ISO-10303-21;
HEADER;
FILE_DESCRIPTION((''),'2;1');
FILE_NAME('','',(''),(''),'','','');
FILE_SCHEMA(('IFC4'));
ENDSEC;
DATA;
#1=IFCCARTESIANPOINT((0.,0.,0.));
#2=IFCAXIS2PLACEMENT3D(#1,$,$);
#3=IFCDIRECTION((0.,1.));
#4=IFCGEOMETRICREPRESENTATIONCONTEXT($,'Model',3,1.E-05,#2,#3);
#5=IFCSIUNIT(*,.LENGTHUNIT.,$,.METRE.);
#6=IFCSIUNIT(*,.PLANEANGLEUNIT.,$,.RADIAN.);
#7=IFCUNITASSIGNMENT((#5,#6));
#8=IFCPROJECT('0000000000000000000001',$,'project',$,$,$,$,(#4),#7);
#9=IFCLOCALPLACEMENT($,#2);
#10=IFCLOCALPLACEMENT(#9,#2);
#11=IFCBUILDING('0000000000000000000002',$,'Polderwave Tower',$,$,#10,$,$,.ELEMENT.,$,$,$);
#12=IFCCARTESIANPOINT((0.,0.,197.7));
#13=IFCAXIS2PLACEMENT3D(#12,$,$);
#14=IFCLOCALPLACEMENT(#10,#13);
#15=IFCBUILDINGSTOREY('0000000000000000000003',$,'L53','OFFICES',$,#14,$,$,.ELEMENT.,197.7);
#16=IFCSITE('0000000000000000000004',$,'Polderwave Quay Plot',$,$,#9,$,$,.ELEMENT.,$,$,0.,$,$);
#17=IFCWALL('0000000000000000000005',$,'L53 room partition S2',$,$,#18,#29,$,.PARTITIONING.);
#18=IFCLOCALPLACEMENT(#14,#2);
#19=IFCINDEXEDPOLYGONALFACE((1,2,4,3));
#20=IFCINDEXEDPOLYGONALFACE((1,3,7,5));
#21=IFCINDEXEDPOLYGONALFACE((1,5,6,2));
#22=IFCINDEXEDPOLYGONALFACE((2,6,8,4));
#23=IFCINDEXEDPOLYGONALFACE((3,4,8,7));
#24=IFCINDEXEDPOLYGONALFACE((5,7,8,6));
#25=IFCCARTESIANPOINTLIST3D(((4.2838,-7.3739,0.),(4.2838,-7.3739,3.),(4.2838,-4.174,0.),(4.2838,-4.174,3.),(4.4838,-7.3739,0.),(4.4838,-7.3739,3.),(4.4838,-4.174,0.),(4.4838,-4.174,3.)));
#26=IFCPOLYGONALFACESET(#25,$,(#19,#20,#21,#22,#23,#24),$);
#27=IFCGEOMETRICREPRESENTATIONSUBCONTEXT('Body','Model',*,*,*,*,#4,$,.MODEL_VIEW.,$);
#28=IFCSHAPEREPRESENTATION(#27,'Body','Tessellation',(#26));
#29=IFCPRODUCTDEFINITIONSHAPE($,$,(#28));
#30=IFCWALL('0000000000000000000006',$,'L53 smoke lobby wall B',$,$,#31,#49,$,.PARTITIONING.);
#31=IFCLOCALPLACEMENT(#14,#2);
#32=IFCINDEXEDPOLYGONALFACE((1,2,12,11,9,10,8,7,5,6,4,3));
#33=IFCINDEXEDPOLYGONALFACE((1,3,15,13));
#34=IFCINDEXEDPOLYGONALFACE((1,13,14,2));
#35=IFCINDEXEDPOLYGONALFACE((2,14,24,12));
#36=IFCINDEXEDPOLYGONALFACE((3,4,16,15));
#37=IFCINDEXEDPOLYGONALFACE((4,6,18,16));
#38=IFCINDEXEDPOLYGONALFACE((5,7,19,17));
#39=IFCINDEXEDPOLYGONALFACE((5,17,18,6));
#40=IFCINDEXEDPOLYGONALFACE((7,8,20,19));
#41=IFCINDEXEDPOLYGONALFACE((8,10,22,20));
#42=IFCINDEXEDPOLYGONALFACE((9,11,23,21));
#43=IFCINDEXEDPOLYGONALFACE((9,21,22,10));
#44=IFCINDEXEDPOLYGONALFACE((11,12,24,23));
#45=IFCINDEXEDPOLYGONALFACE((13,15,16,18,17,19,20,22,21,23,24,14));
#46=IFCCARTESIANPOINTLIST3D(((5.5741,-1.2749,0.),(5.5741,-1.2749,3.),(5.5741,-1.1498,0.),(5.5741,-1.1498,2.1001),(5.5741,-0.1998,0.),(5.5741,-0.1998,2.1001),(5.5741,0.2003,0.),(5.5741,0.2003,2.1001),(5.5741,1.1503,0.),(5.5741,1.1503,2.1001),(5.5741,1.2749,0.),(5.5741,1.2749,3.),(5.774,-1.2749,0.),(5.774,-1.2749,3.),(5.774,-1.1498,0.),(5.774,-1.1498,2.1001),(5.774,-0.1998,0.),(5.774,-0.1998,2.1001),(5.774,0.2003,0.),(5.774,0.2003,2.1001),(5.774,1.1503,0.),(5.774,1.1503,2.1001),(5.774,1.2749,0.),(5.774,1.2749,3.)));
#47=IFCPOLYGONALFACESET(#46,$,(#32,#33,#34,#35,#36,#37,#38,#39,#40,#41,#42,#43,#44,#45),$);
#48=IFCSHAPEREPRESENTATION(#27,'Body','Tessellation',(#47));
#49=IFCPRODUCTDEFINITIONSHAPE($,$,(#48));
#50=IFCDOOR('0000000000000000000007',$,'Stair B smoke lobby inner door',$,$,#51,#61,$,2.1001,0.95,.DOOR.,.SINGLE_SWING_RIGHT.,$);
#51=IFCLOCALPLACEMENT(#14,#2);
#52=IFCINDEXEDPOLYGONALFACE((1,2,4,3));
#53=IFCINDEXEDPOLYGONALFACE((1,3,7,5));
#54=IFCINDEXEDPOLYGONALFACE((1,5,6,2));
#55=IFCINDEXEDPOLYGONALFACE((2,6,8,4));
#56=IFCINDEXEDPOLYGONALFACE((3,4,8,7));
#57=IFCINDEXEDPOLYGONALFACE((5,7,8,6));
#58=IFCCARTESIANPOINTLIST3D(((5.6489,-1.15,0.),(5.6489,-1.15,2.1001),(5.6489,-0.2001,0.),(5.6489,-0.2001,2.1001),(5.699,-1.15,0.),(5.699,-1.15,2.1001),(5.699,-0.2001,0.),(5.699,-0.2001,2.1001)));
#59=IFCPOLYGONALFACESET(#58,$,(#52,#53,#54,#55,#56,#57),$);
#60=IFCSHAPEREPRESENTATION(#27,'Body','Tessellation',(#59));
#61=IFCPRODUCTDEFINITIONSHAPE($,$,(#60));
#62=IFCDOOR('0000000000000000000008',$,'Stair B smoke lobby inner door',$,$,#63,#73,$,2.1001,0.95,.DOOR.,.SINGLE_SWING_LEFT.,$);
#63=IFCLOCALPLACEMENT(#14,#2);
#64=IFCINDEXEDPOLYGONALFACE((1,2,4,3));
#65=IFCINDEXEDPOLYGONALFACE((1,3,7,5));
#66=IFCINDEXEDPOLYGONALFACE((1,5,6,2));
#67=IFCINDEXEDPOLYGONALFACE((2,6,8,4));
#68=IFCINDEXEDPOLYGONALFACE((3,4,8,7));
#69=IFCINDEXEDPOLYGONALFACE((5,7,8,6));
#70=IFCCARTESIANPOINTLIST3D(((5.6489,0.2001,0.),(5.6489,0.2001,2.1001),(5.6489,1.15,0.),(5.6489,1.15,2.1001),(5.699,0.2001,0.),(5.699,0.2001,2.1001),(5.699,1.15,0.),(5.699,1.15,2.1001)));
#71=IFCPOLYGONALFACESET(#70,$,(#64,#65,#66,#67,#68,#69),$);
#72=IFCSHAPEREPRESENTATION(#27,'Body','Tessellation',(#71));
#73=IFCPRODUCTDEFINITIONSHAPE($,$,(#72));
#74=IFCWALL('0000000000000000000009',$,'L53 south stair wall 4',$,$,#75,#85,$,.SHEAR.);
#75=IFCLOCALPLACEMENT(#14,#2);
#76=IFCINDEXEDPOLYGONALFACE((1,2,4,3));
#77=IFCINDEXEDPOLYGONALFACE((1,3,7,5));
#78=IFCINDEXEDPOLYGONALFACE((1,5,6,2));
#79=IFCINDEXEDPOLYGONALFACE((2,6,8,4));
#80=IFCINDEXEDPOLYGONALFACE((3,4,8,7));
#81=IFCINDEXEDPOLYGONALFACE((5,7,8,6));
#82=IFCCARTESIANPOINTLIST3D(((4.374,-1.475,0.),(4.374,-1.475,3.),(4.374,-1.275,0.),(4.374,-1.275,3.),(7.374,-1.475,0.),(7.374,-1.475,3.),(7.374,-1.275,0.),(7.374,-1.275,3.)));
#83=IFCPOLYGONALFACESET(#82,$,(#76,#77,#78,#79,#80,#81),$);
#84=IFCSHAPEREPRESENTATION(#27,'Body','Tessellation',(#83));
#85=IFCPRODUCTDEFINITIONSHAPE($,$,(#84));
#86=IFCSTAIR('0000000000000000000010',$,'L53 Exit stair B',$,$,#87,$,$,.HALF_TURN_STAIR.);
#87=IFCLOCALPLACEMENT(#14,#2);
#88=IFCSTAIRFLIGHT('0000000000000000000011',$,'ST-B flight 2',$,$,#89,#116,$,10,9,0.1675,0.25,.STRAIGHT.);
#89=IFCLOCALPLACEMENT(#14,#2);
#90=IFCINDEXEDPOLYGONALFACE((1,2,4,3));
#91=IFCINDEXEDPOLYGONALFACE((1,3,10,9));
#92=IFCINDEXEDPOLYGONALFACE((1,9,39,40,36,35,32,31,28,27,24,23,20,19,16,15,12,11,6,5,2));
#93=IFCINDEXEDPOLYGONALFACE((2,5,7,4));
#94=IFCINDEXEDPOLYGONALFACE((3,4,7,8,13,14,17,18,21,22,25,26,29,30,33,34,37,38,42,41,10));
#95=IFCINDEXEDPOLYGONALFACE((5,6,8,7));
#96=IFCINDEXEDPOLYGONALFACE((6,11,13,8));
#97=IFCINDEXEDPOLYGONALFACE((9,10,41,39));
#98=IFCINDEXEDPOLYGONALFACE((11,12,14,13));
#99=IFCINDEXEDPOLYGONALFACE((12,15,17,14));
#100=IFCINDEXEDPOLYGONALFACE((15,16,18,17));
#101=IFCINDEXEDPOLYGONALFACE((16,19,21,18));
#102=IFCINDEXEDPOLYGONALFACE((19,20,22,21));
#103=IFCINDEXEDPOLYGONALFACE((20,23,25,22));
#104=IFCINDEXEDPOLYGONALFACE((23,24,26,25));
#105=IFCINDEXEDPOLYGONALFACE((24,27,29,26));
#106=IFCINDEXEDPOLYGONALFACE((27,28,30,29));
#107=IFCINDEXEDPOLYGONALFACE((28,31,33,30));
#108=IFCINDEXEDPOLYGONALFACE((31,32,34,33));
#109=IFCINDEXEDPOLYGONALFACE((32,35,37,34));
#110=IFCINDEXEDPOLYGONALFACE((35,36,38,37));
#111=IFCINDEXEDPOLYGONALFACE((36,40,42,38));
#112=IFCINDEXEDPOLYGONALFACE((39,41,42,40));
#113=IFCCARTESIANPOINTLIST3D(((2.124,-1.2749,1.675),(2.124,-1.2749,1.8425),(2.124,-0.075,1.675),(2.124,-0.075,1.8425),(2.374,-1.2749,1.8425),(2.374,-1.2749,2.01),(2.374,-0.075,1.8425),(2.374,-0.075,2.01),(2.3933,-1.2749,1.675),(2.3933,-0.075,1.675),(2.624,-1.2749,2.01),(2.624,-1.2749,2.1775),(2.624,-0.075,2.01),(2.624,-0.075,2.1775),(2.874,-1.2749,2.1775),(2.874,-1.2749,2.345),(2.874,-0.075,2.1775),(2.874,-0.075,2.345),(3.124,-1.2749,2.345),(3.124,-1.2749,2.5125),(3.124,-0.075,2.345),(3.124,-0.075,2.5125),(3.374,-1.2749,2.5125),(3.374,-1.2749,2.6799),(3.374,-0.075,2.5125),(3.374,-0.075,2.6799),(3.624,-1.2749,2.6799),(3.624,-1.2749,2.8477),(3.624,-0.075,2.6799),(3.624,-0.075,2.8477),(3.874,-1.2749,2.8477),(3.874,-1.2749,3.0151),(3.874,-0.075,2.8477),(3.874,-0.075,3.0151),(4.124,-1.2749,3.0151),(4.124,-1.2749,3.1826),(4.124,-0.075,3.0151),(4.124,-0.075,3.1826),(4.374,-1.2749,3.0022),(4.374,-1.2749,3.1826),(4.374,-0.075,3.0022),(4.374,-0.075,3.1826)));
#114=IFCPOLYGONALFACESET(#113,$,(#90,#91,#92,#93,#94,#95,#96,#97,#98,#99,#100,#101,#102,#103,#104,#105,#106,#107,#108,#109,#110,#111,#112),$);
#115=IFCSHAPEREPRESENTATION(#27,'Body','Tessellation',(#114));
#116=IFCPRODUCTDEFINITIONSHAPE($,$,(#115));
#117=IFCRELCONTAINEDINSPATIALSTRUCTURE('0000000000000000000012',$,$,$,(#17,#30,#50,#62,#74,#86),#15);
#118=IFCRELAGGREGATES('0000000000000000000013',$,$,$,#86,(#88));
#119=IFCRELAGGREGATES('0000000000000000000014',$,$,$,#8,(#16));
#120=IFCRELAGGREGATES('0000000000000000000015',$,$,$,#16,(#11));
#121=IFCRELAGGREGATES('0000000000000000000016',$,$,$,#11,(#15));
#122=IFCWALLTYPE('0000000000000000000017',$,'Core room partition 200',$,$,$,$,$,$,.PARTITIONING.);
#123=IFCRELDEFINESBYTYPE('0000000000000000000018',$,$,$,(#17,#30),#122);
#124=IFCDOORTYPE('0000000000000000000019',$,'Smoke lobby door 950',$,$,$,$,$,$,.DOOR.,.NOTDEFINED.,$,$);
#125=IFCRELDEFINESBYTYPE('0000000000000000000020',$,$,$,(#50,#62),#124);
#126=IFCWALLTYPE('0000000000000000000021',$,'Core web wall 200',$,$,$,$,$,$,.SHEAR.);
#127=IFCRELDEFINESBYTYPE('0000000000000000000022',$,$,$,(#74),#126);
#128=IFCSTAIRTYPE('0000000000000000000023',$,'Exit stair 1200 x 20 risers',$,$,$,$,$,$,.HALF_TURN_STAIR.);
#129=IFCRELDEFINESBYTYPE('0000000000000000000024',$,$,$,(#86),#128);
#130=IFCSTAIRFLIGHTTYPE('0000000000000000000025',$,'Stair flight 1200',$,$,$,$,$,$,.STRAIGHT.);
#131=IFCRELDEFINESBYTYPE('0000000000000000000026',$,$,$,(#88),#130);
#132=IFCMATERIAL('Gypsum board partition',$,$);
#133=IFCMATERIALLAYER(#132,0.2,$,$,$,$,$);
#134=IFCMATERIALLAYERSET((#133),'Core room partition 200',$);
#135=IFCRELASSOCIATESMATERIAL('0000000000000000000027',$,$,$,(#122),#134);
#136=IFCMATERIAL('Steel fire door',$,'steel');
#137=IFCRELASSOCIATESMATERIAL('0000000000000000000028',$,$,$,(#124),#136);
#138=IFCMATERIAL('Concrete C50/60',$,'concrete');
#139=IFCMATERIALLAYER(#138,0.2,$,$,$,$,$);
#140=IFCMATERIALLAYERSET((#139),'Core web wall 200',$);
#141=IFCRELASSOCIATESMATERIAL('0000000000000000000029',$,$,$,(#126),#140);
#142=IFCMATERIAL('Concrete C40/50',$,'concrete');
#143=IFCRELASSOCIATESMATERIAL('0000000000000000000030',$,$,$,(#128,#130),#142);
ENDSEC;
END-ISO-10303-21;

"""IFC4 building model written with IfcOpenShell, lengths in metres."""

from ifc_helpers import new_model, si_unit, direction, frame, frame_2d, origin, place, context, subcontext, project, spatial, polyline, rectangle, outline, extrude, material, layer, layer_set, type_object, element, fill, aggregate, save


model = new_model("IFC4")

# Units and contexts
model_context = context("Model", 3, precision=1e-05, world=origin(), true_north=direction((0.0, 1.0)))
body_context = subcontext(model_context, "Body", "Model", "MODEL_VIEW")
ifc_project = project(units=[si_unit("LENGTHUNIT", "METRE"), si_unit("PLANEANGLEUNIT", "RADIAN")], contexts=[model_context])

# Site, building, storey
site_placement = place(None, origin())
site = spatial("IfcSite", under=ifc_project, at=site_placement, Name="Polderwave Quay Plot", CompositionType="ELEMENT", RefElevation=0.0)
building_placement = place(site_placement, origin())
building = spatial("IfcBuilding", under=site, at=building_placement, Name="Polderwave Tower", CompositionType="ELEMENT")
storey_placement = place(building_placement, frame((0.0, 0.0, 197.7)))
storey = spatial("IfcBuildingStorey", under=building, at=storey_placement, Name="L53", Description="OFFICES", CompositionType="ELEMENT", Elevation=197.7)

# Wall
ifc_material_1 = material(Name="Gypsum board partition")
ifc_layer_1 = layer(ifc_material_1, 0.2)
ifc_layer_set_1 = layer_set([ifc_layer_1], Name="Core room partition 200")
wall_type_1 = type_object("IfcWallType", Name="Core room partition 200", PredefinedType="PARTITIONING", material=ifc_layer_set_1)
wall_1_placement = place(storey_placement, frame((4.3838, -7.374, 0.0), z_axis=(0.0, 0.0, 1.0), x_axis=(0.0, 1.0, 0.0)))
element("IfcWall", 1, at=wall_1_placement, inside=storey, type_object=wall_type_1, Name="L53 room partition S2", PredefinedType="PARTITIONING", context=body_context, shape_type="SweptSolid", body=[
    extrude(rectangle(XDim=3.2, YDim=0.2, at=frame_2d((1.6001, 0.0))), origin(), (0.0, 0.0, 1.0), 3.0),
])

# Wall, openings, doors
wall_2_placement = place(storey_placement, frame((5.6741, -1.2749, 0.0), z_axis=(0.0, 0.0, 1.0), x_axis=(0.0, 1.0, 0.0)))
wall_2 = element("IfcWall", 2, at=wall_2_placement, inside=storey, type_object=wall_type_1, Name="L53 smoke lobby wall B", PredefinedType="PARTITIONING", context=body_context, shape_type="SweptSolid", body=[
    extrude(rectangle(XDim=2.5498, YDim=0.2, at=frame_2d((1.2749, 0.0))), origin(), (0.0, 0.0, 1.0), 3.0),
])
opening_1_placement = place(wall_2_placement, frame((0.125, 0.0, 0.0)))
opening_1 = element("IfcOpeningElement", 3, at=opening_1_placement, cuts=wall_2, PredefinedType="OPENING", context=body_context, shape_type="SweptSolid", body=[
    extrude(rectangle(XDim=0.95, YDim=2.1001, at=frame_2d((0.4751, 1.05))), frame((0.0, 0.1099, 0.0), z_axis=(0.0, -1.0, 0.0), x_axis=(1.0, 0.0, 0.0)), (0.0, 0.0, 1.0), 0.22),
])
opening_2_placement = place(wall_2_placement, frame((1.4751, 0.0, 0.0)))
opening_2 = element("IfcOpeningElement", 4, at=opening_2_placement, cuts=wall_2, PredefinedType="OPENING", context=body_context, shape_type="SweptSolid", body=[
    extrude(rectangle(XDim=0.95, YDim=2.1001, at=frame_2d((0.4751, 1.05))), frame((0.0, 0.1099, 0.0), z_axis=(0.0, -1.0, 0.0), x_axis=(1.0, 0.0, 0.0)), (0.0, 0.0, 1.0), 0.22),
])
ifc_material_2 = material(Name="Steel fire door", Category="steel")
door_type = type_object("IfcDoorType", Name="Smoke lobby door 950", OperationType="NOTDEFINED", PredefinedType="DOOR", material=ifc_material_2)
door_1_placement = place(opening_1_placement, frame((0.95, 0.0, 0.0), z_axis=(0.0, 0.0, 1.0), x_axis=(-1.0, 0.0, 0.0)))
door_1 = element("IfcDoor", 5, at=door_1_placement, inside=storey, type_object=door_type, Name="Stair B smoke lobby inner door", OperationType="SINGLE_SWING_RIGHT", OverallHeight=2.1001, OverallWidth=0.95, PredefinedType="DOOR", context=body_context, shape_type="SweptSolid", body=[
    extrude(rectangle(XDim=0.95, YDim=2.1001, at=frame_2d((0.4751, 1.05))), frame((0.0, 0.0249, 0.0), z_axis=(0.0, -1.0, 0.0), x_axis=(1.0, 0.0, 0.0)), (0.0, 0.0, 1.0), 0.05),
])
fill(opening_1, door_1)
door_2_placement = place(opening_2_placement, frame((0.95, 0.0, 0.0), z_axis=(0.0, 0.0, 1.0), x_axis=(-1.0, 0.0, 0.0)))
door_2 = element("IfcDoor", 6, at=door_2_placement, inside=storey, type_object=door_type, Name="Stair B smoke lobby inner door", OperationType="SINGLE_SWING_LEFT", OverallHeight=2.1001, OverallWidth=0.95, PredefinedType="DOOR", context=body_context, shape_type="SweptSolid", body=[
    extrude(rectangle(XDim=0.95, YDim=2.1001, at=frame_2d((0.4751, 1.05))), frame((0.0, 0.0249, 0.0), z_axis=(0.0, -1.0, 0.0), x_axis=(1.0, 0.0, 0.0)), (0.0, 0.0, 1.0), 0.05),
])
fill(opening_2, door_2)

# Wall
ifc_material_3 = material(Name="Concrete C50/60", Category="concrete")
ifc_layer_2 = layer(ifc_material_3, 0.2)
ifc_layer_set_2 = layer_set([ifc_layer_2], Name="Core web wall 200")
wall_type_2 = type_object("IfcWallType", Name="Core web wall 200", PredefinedType="SHEAR", material=ifc_layer_set_2)
wall_3_placement = place(storey_placement, frame((4.374, -1.375, 0.0), z_axis=(0.0, 0.0, 1.0), x_axis=(1.0, 0.0, 0.0)))
element("IfcWall", 7, at=wall_3_placement, inside=storey, type_object=wall_type_2, Name="L53 south stair wall 4", PredefinedType="SHEAR", context=body_context, shape_type="SweptSolid", body=[
    extrude(rectangle(XDim=3.0, YDim=0.2, at=frame_2d((1.5, 0.0))), origin(), (0.0, 0.0, 1.0), 3.0),
])

# Stair, stair flight
ifc_material_4 = material(Name="Concrete C40/50", Category="concrete")
stair_type = type_object("IfcStairType", Name="Exit stair 1200 x 20 risers", PredefinedType="HALF_TURN_STAIR", material=ifc_material_4)
stair_placement = place(storey_placement, origin())
stair = element("IfcStair", 8, at=stair_placement, inside=storey, type_object=stair_type, Name="L53 Exit stair B", PredefinedType="HALF_TURN_STAIR")
stair_flight_type = type_object("IfcStairFlightType", Name="Stair flight 1200", PredefinedType="STRAIGHT", material=ifc_material_4)
stair_flight_placement = place(storey_placement, frame((2.124, -0.675, 1.675), z_axis=(0.0, 0.0, 1.0), x_axis=(1.0, 0.0, 0.0)))
stair_flight = element("IfcStairFlight", 9, at=stair_flight_placement, type_object=stair_flight_type, Name="ST-B flight 2", NumberOfRisers=10, NumberOfTreads=9, PredefinedType="STRAIGHT", RiserHeight=0.1675, TreadLength=0.25, context=body_context, shape_type="SweptSolid", body=[
    extrude(outline(polyline([(0.0, 0.0), (0.0, 0.1675), (0.25, 0.1675), (0.25, 0.335), (0.5, 0.335), (0.5, 0.5024), (0.75, 0.5024), (0.75, 0.6699), (1.0, 0.6699), (1.0, 0.8374), (1.25, 0.8374), (1.25, 1.0049), (1.5, 1.0049), (1.5, 1.1726), (1.75, 1.1726), (1.75, 1.3401), (2.0, 1.3401), (2.0, 1.5076), (2.25, 1.5076), (2.25, 1.675), (2.25, 1.3271), (0.2693, 0.0), (0.0, 0.0)])), frame((0.0, 0.6001, 0.0), z_axis=(0.0, -1.0, 0.0), x_axis=(1.0, 0.0, 0.0)), (0.0, 0.0, 1.0), 1.2),
])
aggregate(stair, [stair_flight])

save(model, "model.ifc")
